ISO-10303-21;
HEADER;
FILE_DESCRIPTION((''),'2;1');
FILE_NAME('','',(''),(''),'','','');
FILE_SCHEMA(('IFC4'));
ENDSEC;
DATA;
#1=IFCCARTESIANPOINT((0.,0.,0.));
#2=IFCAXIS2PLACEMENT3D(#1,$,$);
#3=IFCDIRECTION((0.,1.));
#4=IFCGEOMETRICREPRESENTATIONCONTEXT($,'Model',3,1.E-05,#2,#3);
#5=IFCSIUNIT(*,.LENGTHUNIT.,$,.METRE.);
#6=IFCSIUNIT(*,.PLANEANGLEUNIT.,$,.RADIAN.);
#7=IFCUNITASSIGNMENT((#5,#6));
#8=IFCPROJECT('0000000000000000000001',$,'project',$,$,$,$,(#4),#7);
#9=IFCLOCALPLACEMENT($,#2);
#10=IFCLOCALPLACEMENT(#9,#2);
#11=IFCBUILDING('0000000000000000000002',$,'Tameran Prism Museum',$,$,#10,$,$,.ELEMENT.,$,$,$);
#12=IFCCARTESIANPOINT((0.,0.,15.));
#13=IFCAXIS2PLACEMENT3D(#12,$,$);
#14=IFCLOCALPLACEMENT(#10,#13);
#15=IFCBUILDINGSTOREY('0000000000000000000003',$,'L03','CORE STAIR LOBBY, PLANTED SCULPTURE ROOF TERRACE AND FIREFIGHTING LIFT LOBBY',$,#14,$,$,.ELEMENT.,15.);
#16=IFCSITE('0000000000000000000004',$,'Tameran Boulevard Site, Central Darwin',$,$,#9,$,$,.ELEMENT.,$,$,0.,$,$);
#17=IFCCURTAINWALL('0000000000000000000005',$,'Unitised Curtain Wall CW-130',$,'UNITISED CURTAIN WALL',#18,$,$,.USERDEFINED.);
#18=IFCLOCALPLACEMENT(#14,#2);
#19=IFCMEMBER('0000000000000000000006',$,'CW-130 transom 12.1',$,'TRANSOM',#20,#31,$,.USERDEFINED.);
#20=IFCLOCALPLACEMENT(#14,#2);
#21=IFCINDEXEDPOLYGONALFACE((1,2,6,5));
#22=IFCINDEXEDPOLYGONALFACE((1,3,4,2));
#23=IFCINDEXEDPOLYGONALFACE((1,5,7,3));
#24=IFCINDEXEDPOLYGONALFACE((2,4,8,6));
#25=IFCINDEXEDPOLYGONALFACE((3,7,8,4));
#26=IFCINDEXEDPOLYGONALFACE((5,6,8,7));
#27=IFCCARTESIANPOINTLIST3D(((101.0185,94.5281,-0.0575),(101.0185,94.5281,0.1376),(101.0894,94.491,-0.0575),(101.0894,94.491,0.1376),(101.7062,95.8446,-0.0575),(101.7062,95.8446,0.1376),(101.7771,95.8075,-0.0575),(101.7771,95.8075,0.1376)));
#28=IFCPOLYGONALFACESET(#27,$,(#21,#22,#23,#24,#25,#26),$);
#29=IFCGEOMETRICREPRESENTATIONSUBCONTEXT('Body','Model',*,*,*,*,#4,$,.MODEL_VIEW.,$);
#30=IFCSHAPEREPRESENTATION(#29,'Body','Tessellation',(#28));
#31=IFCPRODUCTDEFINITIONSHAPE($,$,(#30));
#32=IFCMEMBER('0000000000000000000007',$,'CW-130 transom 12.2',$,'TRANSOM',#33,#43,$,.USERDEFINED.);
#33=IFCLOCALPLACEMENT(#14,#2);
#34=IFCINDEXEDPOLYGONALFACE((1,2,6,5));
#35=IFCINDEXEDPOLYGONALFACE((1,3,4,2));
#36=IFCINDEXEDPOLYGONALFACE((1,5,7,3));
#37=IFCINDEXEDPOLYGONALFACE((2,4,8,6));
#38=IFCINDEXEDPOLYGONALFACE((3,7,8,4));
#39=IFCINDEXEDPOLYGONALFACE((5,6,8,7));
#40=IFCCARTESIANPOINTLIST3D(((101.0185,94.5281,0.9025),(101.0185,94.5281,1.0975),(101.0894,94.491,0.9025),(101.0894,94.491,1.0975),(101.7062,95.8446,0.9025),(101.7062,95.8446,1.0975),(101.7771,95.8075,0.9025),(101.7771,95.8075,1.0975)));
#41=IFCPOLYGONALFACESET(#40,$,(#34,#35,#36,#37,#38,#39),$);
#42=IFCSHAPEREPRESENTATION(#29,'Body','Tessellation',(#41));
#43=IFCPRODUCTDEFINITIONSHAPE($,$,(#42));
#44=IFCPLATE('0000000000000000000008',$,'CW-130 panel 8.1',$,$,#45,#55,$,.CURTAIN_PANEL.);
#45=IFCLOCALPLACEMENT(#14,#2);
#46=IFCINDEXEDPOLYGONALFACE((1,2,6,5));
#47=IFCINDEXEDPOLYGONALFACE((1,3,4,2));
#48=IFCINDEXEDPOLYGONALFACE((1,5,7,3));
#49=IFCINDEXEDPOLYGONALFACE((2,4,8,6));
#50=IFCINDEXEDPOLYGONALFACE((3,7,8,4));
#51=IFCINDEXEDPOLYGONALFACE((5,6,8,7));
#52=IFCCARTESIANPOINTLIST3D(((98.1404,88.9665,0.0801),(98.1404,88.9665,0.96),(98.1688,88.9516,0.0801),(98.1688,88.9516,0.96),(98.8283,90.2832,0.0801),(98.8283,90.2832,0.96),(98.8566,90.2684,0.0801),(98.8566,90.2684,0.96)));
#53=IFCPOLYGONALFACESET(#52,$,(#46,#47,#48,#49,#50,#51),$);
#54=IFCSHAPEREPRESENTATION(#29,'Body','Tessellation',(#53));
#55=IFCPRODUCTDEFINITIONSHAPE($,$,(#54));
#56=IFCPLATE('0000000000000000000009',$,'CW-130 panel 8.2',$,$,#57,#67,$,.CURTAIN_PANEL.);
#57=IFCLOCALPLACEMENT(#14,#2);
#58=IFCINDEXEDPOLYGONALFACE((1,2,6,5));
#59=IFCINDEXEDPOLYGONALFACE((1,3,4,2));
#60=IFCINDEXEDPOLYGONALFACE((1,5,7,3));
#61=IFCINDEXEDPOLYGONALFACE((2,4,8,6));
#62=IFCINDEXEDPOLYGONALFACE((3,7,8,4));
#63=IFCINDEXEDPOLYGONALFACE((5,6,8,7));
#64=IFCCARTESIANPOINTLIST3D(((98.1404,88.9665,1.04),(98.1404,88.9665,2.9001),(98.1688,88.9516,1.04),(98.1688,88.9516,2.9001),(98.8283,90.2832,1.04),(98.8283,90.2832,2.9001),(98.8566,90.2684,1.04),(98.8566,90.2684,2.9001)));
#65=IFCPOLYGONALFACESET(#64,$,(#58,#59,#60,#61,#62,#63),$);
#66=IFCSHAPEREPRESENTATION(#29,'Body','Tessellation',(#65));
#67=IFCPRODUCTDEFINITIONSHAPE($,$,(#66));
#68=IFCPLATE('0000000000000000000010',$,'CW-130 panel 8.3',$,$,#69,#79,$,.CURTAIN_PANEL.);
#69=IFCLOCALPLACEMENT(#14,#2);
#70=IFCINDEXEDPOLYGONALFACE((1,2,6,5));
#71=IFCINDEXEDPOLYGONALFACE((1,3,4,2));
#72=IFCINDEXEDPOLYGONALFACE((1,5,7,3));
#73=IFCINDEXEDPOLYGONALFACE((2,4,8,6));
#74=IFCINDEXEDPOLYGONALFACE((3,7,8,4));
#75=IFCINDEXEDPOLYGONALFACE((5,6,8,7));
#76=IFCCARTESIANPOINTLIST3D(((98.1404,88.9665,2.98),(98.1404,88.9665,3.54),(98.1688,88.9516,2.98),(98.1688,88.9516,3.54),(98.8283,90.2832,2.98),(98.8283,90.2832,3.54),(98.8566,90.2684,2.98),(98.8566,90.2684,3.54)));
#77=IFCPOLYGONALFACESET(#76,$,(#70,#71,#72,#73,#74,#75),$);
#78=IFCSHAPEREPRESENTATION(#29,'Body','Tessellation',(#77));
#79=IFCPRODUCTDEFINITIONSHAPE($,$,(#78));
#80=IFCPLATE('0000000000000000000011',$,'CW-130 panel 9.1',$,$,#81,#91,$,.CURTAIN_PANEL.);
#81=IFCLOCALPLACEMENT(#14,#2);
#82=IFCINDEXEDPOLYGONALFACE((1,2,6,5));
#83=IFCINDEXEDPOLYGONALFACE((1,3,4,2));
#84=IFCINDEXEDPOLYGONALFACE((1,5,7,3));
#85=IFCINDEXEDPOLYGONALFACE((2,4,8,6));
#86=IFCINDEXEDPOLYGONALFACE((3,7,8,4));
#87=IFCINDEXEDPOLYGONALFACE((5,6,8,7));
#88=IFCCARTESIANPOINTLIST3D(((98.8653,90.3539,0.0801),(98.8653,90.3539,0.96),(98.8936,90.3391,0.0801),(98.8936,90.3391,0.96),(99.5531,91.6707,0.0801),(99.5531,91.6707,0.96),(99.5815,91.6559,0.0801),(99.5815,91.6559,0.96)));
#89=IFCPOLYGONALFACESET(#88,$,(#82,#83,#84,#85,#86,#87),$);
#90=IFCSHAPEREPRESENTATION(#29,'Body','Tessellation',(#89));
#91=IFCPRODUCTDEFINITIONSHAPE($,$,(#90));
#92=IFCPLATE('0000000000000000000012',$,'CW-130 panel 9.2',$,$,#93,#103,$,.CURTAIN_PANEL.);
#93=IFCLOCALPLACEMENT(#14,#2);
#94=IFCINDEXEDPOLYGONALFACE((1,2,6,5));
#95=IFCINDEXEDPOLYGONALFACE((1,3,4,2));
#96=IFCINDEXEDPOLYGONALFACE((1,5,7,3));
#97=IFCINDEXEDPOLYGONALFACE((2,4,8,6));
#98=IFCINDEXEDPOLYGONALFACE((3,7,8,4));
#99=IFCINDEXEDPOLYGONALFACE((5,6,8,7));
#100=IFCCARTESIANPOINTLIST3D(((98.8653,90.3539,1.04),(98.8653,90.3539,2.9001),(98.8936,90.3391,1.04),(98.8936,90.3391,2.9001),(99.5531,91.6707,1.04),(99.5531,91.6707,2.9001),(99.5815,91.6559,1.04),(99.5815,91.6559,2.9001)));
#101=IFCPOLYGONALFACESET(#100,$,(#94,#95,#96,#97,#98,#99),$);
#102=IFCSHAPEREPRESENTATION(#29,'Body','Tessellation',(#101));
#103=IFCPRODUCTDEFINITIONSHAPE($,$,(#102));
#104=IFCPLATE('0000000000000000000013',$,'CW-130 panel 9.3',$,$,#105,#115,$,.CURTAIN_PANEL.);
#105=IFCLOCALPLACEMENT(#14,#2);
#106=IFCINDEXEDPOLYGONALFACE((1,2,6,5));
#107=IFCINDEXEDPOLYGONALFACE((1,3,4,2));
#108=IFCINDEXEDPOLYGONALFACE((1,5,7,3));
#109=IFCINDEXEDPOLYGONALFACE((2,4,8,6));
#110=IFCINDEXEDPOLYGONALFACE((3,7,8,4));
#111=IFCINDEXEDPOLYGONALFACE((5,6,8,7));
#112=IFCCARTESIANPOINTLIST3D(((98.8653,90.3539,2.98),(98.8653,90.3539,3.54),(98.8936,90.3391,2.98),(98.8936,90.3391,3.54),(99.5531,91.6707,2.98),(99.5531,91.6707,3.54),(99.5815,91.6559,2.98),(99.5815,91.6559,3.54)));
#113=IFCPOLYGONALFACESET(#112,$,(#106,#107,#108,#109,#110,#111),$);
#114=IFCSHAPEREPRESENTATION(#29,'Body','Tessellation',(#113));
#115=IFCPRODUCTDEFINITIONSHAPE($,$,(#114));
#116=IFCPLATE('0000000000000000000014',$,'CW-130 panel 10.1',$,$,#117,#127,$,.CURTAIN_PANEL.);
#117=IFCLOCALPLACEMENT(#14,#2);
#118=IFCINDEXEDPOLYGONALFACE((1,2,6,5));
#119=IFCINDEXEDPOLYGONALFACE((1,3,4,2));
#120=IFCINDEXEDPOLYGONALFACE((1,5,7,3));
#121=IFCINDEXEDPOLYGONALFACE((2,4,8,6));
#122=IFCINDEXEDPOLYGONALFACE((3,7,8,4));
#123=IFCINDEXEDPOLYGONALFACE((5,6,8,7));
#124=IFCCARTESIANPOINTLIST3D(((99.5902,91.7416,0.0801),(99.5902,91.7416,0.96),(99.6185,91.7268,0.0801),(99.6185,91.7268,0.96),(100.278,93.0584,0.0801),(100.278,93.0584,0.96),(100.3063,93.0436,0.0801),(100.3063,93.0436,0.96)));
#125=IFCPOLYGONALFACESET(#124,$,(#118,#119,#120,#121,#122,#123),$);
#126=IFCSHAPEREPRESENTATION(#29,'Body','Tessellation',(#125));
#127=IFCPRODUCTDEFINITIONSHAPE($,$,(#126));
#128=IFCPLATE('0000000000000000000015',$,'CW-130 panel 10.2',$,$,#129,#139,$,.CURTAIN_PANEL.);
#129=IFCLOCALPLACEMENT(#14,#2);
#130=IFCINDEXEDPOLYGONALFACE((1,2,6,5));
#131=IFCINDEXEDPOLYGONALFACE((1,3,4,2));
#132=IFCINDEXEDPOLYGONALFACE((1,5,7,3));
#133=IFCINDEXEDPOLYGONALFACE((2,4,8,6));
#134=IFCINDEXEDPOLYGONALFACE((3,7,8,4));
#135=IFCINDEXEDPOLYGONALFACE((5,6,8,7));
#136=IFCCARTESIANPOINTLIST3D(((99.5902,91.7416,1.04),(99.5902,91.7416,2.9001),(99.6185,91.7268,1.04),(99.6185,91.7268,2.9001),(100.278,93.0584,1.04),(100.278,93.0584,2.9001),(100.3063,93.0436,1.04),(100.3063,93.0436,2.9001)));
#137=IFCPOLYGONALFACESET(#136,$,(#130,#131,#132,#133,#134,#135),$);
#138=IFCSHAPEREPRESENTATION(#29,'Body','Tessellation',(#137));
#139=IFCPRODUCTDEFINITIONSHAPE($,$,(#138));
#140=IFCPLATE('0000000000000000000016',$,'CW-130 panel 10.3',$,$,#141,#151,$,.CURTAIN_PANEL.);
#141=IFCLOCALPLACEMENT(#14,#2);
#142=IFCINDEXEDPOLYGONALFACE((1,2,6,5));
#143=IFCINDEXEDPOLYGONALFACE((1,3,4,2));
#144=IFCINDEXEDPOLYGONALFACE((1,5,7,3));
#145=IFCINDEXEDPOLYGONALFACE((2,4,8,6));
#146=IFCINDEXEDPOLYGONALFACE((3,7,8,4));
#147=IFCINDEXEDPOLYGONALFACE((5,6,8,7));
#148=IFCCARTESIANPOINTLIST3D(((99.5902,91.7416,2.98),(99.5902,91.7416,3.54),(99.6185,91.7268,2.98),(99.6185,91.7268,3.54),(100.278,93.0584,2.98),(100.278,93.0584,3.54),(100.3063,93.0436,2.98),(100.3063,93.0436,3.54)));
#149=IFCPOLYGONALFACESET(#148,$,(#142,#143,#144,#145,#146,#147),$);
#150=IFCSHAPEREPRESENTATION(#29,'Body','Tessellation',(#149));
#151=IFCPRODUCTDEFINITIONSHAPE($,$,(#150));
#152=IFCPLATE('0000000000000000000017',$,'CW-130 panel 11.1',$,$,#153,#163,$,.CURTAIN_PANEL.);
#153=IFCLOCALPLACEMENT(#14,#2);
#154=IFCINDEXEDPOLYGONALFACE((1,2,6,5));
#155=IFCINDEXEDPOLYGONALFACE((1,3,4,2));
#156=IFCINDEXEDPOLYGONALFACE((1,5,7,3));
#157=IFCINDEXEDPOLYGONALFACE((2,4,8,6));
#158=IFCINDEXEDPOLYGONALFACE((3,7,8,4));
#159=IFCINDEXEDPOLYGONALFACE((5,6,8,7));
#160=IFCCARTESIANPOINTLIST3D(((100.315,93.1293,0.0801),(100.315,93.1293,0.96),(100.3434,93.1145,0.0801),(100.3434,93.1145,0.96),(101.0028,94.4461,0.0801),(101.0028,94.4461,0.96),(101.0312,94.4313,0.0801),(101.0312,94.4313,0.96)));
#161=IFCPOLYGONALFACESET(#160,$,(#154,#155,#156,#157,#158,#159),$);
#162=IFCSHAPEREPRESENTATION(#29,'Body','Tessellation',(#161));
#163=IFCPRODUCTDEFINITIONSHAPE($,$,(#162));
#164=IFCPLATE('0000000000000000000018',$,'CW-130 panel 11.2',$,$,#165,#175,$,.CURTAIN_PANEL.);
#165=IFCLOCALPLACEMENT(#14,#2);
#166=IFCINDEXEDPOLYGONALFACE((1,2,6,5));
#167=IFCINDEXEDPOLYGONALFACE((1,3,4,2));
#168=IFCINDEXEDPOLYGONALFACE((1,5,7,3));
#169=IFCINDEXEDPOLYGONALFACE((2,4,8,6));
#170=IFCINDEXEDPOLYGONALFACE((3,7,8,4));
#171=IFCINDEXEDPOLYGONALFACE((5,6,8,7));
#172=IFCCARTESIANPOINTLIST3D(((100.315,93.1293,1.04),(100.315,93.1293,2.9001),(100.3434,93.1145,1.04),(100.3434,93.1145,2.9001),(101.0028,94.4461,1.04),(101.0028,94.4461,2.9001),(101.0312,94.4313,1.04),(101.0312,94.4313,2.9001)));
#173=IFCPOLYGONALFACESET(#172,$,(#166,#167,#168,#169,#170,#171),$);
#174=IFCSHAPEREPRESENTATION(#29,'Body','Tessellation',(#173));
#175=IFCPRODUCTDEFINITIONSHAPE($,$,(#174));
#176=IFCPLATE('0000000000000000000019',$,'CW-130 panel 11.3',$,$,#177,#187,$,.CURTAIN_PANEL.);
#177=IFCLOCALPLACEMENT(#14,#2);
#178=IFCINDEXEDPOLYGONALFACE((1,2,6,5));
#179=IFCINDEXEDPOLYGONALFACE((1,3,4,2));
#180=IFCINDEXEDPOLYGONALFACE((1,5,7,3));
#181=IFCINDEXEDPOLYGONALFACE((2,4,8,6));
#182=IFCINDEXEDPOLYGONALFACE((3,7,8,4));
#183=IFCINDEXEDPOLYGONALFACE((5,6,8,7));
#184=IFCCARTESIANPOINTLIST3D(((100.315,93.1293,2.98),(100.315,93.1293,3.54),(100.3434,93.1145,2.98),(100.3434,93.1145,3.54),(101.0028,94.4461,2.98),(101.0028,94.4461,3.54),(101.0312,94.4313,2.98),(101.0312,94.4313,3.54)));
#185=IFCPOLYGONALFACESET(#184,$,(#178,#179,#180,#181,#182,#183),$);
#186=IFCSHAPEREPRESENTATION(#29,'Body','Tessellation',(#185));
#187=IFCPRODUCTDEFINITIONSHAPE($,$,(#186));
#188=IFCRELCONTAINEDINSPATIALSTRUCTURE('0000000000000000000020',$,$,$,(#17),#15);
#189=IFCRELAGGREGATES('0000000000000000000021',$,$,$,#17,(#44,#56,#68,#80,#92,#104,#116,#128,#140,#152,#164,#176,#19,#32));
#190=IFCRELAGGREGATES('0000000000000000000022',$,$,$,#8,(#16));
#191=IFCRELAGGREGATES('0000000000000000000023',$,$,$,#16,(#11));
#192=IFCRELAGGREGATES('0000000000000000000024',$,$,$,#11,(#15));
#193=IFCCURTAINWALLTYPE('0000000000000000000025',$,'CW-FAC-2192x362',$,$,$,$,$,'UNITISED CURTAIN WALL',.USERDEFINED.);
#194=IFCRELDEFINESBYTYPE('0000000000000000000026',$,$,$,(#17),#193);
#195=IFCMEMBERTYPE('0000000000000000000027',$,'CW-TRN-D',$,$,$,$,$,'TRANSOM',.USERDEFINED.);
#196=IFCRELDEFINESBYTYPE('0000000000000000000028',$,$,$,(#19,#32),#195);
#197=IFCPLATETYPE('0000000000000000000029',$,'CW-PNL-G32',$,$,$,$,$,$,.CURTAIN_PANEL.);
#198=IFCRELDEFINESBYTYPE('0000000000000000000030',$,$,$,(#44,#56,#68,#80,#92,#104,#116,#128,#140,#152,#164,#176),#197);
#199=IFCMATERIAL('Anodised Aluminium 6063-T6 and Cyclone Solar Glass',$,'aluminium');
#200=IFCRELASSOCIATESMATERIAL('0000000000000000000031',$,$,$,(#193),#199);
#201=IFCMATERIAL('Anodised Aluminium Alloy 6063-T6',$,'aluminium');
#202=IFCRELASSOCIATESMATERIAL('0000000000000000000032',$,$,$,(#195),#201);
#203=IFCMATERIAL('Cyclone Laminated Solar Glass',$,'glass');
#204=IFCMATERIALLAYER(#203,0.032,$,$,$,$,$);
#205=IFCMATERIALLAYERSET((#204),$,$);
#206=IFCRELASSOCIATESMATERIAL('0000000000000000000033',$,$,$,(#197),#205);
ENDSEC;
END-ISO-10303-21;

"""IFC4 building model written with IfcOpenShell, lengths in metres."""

from ifc_helpers import new_model, si_unit, direction, frame, origin, origin_2d, place, context, subcontext, project, spatial, rectangle, extrude, material, layer, layer_set, material_profile, profile_set, type_object, element, aggregate, save


model = new_model("IFC4")

# Units and contexts
model_context = context("Model", 3, precision=1e-05, world=origin(), true_north=direction((0.0, 1.0)))
body_context = subcontext(model_context, "Body", "Model", "MODEL_VIEW")
ifc_project = project(units=[si_unit("LENGTHUNIT", "METRE"), si_unit("PLANEANGLEUNIT", "RADIAN")], contexts=[model_context])

# Site, building, storey
site_placement = place(None, origin())
site = spatial("IfcSite", under=ifc_project, at=site_placement, Name="Tameran Boulevard Site, Central Darwin", CompositionType="ELEMENT", RefElevation=0.0)
building_placement = place(site_placement, origin())
building = spatial("IfcBuilding", under=site, at=building_placement, Name="Tameran Prism Museum", CompositionType="ELEMENT")
storey_placement = place(building_placement, frame((0.0, 0.0, 15.0)))
storey = spatial("IfcBuildingStorey", under=building, at=storey_placement, Name="L03", Description="CORE STAIR LOBBY, PLANTED SCULPTURE ROOF TERRACE AND FIREFIGHTING LIFT LOBBY", CompositionType="ELEMENT", Elevation=15.0)

# Curtain wall, members, plates
ifc_material_1 = material(Name="Anodised Aluminium 6063-T6 and Cyclone Solar Glass", Category="aluminium")
curtain_wall_type = type_object("IfcCurtainWallType", Name="CW-FAC-2192x362", ElementType="UNITISED CURTAIN WALL", PredefinedType="USERDEFINED", material=ifc_material_1)
curtain_wall_placement = place(storey_placement, origin())
curtain_wall = element("IfcCurtainWall", 1, at=curtain_wall_placement, inside=storey, type_object=curtain_wall_type, Name="Unitised Curtain Wall CW-130", ObjectType="UNITISED CURTAIN WALL", PredefinedType="USERDEFINED")
ifc_material_2 = material(Name="Anodised Aluminium Alloy 6063-T6", Category="aluminium")
ifc_material_profile_1 = material_profile(ifc_material_2, rectangle(XDim=0.0801, YDim=0.1951, at=origin_2d()))
ifc_profile_set_1 = profile_set([ifc_material_profile_1])
member_type_1 = type_object("IfcMemberType", Name="CW-TRN-D", ElementType="TRANSOM", PredefinedType="USERDEFINED", material=ifc_profile_set_1)
member_1_placement = place(storey_placement, frame((101.054, 94.5095, 0.04), z_axis=(0.462987, 0.886365, 0.0), x_axis=(-0.886365, 0.462987, 0.0)))
member_1 = element("IfcMember", 2, at=member_1_placement, type_object=member_type_1, Name="CW-130 transom 12.1", ObjectType="TRANSOM", PredefinedType="USERDEFINED", context=body_context, shape_type="SweptSolid", body=[
    extrude(rectangle(XDim=0.0801, YDim=0.1951, at=origin_2d()), origin(), (0.0, 0.0, 1.0), 1.4854),
])
member_2_placement = place(storey_placement, frame((101.054, 94.5095, 1.0), z_axis=(0.462987, 0.886365, 0.0), x_axis=(-0.886365, 0.462987, 0.0)))
member_2 = element("IfcMember", 3, at=member_2_placement, type_object=member_type_1, Name="CW-130 transom 12.2", ObjectType="TRANSOM", PredefinedType="USERDEFINED", context=body_context, shape_type="SweptSolid", body=[
    extrude(rectangle(XDim=0.0801, YDim=0.1951, at=origin_2d()), origin(), (0.0, 0.0, 1.0), 1.4854),
])
ifc_material_3 = material(Name="Cyclone Laminated Solar Glass", Category="glass")
ifc_layer = layer(ifc_material_3, 0.032)
ifc_layer_set = layer_set([ifc_layer])
plate_type = type_object("IfcPlateType", Name="CW-PNL-G32", PredefinedType="CURTAIN_PANEL", material=ifc_layer_set)
plate_1_placement = place(storey_placement, frame((98.4985, 89.6174, 0.0801), z_axis=(0.0, 0.0, 1.0), x_axis=(0.463003, 0.886357, 0.0)))
plate_1 = element("IfcPlate", 4, at=plate_1_placement, type_object=plate_type, Name="CW-130 panel 8.1", PredefinedType="CURTAIN_PANEL", context=body_context, shape_type="SweptSolid", body=[
    extrude(rectangle(XDim=1.4856, YDim=0.032, at=origin_2d()), origin(), (0.0, 0.0, 1.0), 0.8799),
])
plate_2_placement = place(storey_placement, frame((98.4985, 89.6174, 1.04), z_axis=(0.0, 0.0, 1.0), x_axis=(0.463003, 0.886357, 0.0)))
plate_2 = element("IfcPlate", 5, at=plate_2_placement, type_object=plate_type, Name="CW-130 panel 8.2", PredefinedType="CURTAIN_PANEL", context=body_context, shape_type="SweptSolid", body=[
    extrude(rectangle(XDim=1.4856, YDim=0.032, at=origin_2d()), origin(), (0.0, 0.0, 1.0), 1.8601),
])
plate_3_placement = place(storey_placement, frame((98.4985, 89.6174, 2.98), z_axis=(0.0, 0.0, 1.0), x_axis=(0.463003, 0.886357, 0.0)))
plate_3 = element("IfcPlate", 6, at=plate_3_placement, type_object=plate_type, Name="CW-130 panel 8.3", PredefinedType="CURTAIN_PANEL", context=body_context, shape_type="SweptSolid", body=[
    extrude(rectangle(XDim=1.4856, YDim=0.032, at=origin_2d()), origin(), (0.0, 0.0, 1.0), 0.5601),
])
plate_4_placement = place(storey_placement, frame((99.2234, 91.0049, 0.0801), z_axis=(0.0, 0.0, 1.0), x_axis=(0.463003, 0.886357, 0.0)))
plate_4 = element("IfcPlate", 7, at=plate_4_placement, type_object=plate_type, Name="CW-130 panel 9.1", PredefinedType="CURTAIN_PANEL", context=body_context, shape_type="SweptSolid", body=[
    extrude(rectangle(XDim=1.4856, YDim=0.032, at=origin_2d()), origin(), (0.0, 0.0, 1.0), 0.8799),
])
plate_5_placement = place(storey_placement, frame((99.2234, 91.0049, 1.04), z_axis=(0.0, 0.0, 1.0), x_axis=(0.463003, 0.886357, 0.0)))
plate_5 = element("IfcPlate", 8, at=plate_5_placement, type_object=plate_type, Name="CW-130 panel 9.2", PredefinedType="CURTAIN_PANEL", context=body_context, shape_type="SweptSolid", body=[
    extrude(rectangle(XDim=1.4856, YDim=0.032, at=origin_2d()), origin(), (0.0, 0.0, 1.0), 1.8601),
])
plate_6_placement = place(storey_placement, frame((99.2234, 91.0049, 2.98), z_axis=(0.0, 0.0, 1.0), x_axis=(0.463003, 0.886357, 0.0)))
plate_6 = element("IfcPlate", 9, at=plate_6_placement, type_object=plate_type, Name="CW-130 panel 9.3", PredefinedType="CURTAIN_PANEL", context=body_context, shape_type="SweptSolid", body=[
    extrude(rectangle(XDim=1.4856, YDim=0.032, at=origin_2d()), origin(), (0.0, 0.0, 1.0), 0.5601),
])
plate_7_placement = place(storey_placement, frame((99.9482, 92.3926, 0.0801), z_axis=(0.0, 0.0, 1.0), x_axis=(0.463003, 0.886357, 0.0)))
plate_7 = element("IfcPlate", 10, at=plate_7_placement, type_object=plate_type, Name="CW-130 panel 10.1", PredefinedType="CURTAIN_PANEL", context=body_context, shape_type="SweptSolid", body=[
    extrude(rectangle(XDim=1.4856, YDim=0.032, at=origin_2d()), origin(), (0.0, 0.0, 1.0), 0.8799),
])
plate_8_placement = place(storey_placement, frame((99.9482, 92.3926, 1.04), z_axis=(0.0, 0.0, 1.0), x_axis=(0.463003, 0.886357, 0.0)))
plate_8 = element("IfcPlate", 11, at=plate_8_placement, type_object=plate_type, Name="CW-130 panel 10.2", PredefinedType="CURTAIN_PANEL", context=body_context, shape_type="SweptSolid", body=[
    extrude(rectangle(XDim=1.4856, YDim=0.032, at=origin_2d()), origin(), (0.0, 0.0, 1.0), 1.8601),
])
plate_9_placement = place(storey_placement, frame((99.9482, 92.3926, 2.98), z_axis=(0.0, 0.0, 1.0), x_axis=(0.463003, 0.886357, 0.0)))
plate_9 = element("IfcPlate", 12, at=plate_9_placement, type_object=plate_type, Name="CW-130 panel 10.3", PredefinedType="CURTAIN_PANEL", context=body_context, shape_type="SweptSolid", body=[
    extrude(rectangle(XDim=1.4856, YDim=0.032, at=origin_2d()), origin(), (0.0, 0.0, 1.0), 0.5601),
])
plate_10_placement = place(storey_placement, frame((100.6731, 93.7803, 0.0801), z_axis=(0.0, 0.0, 1.0), x_axis=(0.463003, 0.886357, 0.0)))
plate_10 = element("IfcPlate", 13, at=plate_10_placement, type_object=plate_type, Name="CW-130 panel 11.1", PredefinedType="CURTAIN_PANEL", context=body_context, shape_type="SweptSolid", body=[
    extrude(rectangle(XDim=1.4856, YDim=0.032, at=origin_2d()), origin(), (0.0, 0.0, 1.0), 0.8799),
])
plate_11_placement = place(storey_placement, frame((100.6731, 93.7803, 1.04), z_axis=(0.0, 0.0, 1.0), x_axis=(0.463003, 0.886357, 0.0)))
plate_11 = element("IfcPlate", 14, at=plate_11_placement, type_object=plate_type, Name="CW-130 panel 11.2", PredefinedType="CURTAIN_PANEL", context=body_context, shape_type="SweptSolid", body=[
    extrude(rectangle(XDim=1.4856, YDim=0.032, at=origin_2d()), origin(), (0.0, 0.0, 1.0), 1.8601),
])
plate_12_placement = place(storey_placement, frame((100.6731, 93.7803, 2.98), z_axis=(0.0, 0.0, 1.0), x_axis=(0.463003, 0.886357, 0.0)))
plate_12 = element("IfcPlate", 15, at=plate_12_placement, type_object=plate_type, Name="CW-130 panel 11.3", PredefinedType="CURTAIN_PANEL", context=body_context, shape_type="SweptSolid", body=[
    extrude(rectangle(XDim=1.4856, YDim=0.032, at=origin_2d()), origin(), (0.0, 0.0, 1.0), 0.5601),
])
aggregate(curtain_wall, [plate_1, plate_2, plate_3, plate_4, plate_5, plate_6, plate_7, plate_8, plate_9, plate_10, plate_11, plate_12, member_1, member_2])

save(model, "model.ifc")
